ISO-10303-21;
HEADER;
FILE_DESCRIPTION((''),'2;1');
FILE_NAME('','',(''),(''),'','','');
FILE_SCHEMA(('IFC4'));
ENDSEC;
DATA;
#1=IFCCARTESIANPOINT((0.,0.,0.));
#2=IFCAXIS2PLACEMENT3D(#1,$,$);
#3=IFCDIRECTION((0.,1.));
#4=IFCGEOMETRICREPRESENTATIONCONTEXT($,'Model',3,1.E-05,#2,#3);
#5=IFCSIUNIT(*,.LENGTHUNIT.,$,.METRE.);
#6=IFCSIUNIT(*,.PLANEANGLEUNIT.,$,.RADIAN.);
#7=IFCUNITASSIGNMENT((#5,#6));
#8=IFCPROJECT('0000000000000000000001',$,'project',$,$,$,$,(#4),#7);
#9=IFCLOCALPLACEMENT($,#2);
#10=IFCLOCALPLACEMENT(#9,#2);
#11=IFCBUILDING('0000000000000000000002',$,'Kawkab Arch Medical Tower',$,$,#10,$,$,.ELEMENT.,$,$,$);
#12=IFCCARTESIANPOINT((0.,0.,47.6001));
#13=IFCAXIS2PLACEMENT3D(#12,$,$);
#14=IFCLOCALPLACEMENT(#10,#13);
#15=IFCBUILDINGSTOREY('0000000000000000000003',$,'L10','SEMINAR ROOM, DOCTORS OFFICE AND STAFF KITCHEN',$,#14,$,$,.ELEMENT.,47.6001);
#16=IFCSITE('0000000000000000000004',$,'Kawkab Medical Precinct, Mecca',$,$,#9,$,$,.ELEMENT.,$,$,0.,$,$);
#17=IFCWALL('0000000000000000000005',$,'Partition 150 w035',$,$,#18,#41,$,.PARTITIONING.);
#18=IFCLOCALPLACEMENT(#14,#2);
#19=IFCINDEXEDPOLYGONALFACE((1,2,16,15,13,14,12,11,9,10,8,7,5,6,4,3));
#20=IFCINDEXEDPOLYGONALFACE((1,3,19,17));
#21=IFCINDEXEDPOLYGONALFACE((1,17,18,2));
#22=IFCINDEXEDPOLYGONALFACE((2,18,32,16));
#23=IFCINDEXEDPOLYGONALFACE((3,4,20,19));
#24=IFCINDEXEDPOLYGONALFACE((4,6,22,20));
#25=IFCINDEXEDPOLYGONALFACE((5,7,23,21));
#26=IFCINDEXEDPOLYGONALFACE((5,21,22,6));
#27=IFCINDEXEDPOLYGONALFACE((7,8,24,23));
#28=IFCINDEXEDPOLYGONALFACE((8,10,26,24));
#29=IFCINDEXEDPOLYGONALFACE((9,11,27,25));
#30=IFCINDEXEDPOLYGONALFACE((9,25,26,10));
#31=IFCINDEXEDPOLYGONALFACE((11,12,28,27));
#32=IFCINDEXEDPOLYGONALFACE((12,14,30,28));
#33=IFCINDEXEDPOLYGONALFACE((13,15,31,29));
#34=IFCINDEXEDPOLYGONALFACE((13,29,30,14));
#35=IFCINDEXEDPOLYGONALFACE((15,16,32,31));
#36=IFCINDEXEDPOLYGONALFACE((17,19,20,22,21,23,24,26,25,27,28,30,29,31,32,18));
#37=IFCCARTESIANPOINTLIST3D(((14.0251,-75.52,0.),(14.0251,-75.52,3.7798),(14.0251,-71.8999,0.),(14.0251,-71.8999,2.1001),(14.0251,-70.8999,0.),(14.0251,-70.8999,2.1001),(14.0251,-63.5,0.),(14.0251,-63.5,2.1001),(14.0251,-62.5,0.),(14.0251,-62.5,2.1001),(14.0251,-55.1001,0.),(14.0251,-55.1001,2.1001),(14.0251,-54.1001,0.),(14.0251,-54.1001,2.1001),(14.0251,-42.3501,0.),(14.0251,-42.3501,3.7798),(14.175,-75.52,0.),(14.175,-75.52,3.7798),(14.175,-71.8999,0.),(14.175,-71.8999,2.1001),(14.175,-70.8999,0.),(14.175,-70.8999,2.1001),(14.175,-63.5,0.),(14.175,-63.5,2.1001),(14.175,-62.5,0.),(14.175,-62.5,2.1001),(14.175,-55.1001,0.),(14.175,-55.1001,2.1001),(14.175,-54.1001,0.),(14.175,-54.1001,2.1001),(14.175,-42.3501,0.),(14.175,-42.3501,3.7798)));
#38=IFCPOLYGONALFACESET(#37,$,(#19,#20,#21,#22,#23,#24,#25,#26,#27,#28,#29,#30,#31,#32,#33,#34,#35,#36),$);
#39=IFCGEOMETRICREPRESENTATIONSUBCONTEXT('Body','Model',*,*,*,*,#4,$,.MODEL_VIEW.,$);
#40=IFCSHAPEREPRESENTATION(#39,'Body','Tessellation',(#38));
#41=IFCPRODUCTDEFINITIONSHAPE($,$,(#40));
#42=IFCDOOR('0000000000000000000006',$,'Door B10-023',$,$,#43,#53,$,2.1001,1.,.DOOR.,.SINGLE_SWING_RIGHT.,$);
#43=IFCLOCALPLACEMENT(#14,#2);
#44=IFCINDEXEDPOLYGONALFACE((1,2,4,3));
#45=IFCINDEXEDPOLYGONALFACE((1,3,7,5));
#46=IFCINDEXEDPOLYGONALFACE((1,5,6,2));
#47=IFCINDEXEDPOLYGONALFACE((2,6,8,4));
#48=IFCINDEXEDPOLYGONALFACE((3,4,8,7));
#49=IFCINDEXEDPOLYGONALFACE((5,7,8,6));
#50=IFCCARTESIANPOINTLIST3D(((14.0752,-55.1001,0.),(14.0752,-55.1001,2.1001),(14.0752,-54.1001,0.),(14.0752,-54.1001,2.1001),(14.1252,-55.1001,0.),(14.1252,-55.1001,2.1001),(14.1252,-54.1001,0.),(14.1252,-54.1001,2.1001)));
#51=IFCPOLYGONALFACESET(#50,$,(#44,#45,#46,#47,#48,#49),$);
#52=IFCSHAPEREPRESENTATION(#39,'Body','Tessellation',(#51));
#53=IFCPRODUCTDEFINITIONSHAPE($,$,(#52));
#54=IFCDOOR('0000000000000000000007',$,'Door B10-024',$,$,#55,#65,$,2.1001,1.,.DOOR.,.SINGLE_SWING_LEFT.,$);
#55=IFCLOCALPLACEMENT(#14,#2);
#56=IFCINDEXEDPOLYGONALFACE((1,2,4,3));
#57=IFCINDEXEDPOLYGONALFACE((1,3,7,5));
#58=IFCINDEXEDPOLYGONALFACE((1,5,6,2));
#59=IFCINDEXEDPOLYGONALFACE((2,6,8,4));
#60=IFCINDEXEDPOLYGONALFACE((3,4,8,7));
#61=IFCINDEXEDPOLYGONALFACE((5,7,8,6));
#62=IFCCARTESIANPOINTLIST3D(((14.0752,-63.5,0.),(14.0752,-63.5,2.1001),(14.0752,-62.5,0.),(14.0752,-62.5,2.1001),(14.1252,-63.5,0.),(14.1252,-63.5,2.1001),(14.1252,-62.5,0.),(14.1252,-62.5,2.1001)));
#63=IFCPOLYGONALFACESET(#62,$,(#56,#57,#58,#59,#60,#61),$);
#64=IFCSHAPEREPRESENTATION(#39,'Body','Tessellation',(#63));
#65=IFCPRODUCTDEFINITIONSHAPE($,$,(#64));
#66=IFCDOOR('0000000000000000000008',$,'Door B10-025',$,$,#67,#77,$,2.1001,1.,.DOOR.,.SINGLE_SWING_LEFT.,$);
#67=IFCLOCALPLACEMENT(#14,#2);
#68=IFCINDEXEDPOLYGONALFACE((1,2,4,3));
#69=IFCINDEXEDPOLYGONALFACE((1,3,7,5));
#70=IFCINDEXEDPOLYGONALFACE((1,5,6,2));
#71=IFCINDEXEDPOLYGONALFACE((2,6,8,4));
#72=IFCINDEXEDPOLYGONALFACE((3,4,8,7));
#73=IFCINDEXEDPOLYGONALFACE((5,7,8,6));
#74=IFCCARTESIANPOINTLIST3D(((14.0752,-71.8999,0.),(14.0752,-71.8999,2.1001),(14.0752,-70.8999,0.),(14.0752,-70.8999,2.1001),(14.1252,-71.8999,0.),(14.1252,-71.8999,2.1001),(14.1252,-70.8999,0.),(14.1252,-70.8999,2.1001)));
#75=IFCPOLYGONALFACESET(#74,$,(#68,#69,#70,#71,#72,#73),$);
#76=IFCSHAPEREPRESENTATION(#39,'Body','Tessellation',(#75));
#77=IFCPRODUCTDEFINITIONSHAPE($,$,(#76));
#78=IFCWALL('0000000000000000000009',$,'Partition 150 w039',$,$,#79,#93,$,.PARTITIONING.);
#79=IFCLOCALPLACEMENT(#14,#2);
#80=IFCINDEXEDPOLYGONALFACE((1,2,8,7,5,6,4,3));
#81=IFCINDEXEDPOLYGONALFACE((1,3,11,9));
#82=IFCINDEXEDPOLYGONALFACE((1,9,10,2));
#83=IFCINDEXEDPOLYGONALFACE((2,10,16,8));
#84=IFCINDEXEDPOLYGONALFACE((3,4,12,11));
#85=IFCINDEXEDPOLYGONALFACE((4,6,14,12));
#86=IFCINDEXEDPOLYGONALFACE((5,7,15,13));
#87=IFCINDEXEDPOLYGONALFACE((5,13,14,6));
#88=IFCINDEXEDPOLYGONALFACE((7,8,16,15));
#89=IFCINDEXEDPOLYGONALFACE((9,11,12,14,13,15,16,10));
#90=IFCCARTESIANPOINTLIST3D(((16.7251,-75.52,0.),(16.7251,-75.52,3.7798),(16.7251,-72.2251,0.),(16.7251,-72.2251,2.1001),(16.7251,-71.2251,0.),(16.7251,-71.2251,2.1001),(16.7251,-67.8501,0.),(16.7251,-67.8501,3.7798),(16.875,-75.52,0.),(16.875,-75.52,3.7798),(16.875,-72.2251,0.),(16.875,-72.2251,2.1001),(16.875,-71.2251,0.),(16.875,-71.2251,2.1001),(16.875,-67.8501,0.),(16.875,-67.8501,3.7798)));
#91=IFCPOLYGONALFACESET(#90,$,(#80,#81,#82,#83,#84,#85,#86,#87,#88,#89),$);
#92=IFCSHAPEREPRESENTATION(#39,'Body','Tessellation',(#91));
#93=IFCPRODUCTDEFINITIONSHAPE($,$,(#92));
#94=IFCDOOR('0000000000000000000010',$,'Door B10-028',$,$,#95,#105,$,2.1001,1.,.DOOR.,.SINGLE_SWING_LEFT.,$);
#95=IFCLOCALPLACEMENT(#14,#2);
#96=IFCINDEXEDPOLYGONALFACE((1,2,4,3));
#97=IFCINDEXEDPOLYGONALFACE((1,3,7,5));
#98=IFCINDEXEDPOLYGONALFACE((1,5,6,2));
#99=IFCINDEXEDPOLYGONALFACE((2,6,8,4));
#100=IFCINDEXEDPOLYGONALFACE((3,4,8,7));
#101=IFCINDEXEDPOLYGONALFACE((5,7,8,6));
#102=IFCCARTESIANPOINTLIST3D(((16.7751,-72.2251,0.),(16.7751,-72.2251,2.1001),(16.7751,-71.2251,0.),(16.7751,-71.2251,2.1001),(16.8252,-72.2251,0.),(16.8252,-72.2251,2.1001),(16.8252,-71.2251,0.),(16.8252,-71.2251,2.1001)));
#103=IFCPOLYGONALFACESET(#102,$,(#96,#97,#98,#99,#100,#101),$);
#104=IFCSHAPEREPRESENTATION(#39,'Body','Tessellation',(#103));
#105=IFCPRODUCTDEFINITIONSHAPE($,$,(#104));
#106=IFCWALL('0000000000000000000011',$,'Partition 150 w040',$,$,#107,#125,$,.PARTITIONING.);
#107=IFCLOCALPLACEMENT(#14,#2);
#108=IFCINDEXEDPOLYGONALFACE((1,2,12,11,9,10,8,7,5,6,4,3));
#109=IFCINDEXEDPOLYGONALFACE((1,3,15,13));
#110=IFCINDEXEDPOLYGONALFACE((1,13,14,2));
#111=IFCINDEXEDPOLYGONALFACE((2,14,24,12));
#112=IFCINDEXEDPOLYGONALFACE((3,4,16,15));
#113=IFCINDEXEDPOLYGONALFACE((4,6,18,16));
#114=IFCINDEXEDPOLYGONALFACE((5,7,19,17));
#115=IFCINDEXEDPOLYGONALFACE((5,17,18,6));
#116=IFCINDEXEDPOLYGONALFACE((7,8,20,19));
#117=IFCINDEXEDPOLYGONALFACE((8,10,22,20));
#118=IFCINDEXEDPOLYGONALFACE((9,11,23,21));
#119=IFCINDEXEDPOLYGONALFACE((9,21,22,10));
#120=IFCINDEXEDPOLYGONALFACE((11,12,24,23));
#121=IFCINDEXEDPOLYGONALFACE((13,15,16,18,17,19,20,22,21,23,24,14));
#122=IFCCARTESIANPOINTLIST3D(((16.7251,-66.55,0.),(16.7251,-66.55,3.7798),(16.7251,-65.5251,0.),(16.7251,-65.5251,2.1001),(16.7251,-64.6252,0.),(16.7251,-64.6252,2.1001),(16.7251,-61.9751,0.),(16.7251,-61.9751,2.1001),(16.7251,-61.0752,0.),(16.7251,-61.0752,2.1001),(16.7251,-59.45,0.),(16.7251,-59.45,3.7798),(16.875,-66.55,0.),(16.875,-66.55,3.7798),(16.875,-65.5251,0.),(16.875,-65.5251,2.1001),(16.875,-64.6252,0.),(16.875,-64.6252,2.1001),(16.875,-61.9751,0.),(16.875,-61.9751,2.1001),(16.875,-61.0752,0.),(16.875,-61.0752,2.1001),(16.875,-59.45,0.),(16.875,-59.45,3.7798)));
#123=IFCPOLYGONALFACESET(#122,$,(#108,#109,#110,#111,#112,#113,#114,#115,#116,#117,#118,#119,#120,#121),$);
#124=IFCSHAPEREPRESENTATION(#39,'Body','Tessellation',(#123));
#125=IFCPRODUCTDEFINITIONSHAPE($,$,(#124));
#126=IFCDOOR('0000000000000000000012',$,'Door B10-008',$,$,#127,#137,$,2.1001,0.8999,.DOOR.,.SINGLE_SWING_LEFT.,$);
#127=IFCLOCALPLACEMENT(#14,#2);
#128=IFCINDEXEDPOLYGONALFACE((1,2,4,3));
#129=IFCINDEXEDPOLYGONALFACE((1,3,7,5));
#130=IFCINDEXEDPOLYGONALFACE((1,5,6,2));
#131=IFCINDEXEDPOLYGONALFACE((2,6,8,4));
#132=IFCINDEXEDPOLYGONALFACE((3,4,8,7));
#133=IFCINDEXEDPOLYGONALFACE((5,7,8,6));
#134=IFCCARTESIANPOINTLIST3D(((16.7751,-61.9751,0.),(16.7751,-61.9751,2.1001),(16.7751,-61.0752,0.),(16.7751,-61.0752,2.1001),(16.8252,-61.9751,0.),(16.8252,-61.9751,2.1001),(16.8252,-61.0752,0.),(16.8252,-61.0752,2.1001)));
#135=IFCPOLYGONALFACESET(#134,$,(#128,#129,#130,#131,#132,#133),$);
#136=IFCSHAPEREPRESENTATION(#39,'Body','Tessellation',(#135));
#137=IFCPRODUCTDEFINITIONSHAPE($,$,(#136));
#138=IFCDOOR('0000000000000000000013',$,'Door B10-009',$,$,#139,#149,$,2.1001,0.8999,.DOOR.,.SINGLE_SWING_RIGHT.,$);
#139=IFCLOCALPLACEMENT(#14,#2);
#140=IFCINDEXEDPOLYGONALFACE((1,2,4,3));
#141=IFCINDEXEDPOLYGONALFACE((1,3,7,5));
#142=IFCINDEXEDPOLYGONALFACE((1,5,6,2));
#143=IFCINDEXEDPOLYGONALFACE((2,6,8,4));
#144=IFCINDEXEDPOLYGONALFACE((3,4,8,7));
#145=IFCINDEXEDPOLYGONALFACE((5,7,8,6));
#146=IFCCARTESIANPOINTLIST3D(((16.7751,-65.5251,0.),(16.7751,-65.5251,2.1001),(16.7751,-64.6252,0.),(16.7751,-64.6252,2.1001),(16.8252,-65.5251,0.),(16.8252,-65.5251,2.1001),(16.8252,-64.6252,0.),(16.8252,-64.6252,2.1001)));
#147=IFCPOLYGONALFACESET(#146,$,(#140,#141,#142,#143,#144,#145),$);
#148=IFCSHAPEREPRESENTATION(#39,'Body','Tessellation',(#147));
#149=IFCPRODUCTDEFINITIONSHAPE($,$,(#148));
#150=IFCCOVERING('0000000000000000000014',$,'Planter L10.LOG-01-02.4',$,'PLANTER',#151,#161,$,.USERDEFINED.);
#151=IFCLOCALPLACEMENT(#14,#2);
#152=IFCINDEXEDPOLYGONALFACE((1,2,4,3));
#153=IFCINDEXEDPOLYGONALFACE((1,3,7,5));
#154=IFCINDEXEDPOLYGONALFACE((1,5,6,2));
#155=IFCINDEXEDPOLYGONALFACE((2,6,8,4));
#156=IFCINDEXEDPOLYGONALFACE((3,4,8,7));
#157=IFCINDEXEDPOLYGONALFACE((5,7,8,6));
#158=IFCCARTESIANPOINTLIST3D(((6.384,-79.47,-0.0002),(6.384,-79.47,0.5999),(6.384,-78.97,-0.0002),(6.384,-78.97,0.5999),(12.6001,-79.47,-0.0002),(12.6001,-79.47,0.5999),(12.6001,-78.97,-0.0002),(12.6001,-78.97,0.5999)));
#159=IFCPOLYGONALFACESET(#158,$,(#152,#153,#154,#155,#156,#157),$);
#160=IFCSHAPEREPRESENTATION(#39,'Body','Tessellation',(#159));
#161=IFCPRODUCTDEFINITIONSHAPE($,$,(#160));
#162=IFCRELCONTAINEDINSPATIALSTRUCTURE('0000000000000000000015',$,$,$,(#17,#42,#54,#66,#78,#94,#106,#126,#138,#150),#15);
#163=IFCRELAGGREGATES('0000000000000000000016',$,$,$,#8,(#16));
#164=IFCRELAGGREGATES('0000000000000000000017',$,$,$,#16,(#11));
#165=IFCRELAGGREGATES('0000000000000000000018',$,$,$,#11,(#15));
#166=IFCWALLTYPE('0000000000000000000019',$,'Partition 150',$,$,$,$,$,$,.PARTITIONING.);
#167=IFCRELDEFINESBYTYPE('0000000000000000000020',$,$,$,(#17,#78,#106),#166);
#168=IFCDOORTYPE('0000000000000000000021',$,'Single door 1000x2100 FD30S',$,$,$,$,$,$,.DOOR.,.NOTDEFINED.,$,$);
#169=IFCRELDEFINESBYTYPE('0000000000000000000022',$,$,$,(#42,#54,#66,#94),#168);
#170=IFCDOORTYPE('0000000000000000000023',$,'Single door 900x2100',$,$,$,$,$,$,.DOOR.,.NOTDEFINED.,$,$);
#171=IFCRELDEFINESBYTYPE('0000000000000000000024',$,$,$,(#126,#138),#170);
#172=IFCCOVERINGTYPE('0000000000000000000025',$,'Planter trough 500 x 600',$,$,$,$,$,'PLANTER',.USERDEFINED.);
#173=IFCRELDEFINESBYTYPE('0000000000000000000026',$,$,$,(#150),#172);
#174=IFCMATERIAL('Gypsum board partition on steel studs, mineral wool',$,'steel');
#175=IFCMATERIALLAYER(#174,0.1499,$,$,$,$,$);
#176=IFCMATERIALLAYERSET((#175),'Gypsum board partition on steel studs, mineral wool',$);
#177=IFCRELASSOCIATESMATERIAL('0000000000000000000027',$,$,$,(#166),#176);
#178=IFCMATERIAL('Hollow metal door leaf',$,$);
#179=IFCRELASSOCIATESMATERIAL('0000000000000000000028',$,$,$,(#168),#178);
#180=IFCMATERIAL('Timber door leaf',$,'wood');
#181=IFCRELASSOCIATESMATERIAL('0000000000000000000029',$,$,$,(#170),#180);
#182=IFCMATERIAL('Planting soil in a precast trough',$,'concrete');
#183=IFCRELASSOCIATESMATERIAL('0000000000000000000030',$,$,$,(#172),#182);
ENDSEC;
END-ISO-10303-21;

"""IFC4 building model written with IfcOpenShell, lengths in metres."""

from ifc_helpers import new_model, si_unit, direction, frame, frame_2d, origin, origin_2d, place, context, subcontext, project, spatial, rectangle, extrude, material, layer, layer_set, material_profile, profile_set, type_object, element, fill, save


model = new_model("IFC4")

# Units and contexts
model_context = context("Model", 3, precision=1e-05, world=origin(), true_north=direction((0.0, 1.0)))
body_context = subcontext(model_context, "Body", "Model", "MODEL_VIEW")
ifc_project = project(units=[si_unit("LENGTHUNIT", "METRE"), si_unit("PLANEANGLEUNIT", "RADIAN")], contexts=[model_context])

# Site, building, storey
site_placement = place(None, origin())
site = spatial("IfcSite", under=ifc_project, at=site_placement, Name="Kawkab Medical Precinct, Mecca", CompositionType="ELEMENT", RefElevation=0.0)
building_placement = place(site_placement, origin())
building = spatial("IfcBuilding", under=site, at=building_placement, Name="Kawkab Arch Medical Tower", CompositionType="ELEMENT")
storey_placement = place(building_placement, frame((0.0, 0.0, 47.6001)))
storey = spatial("IfcBuildingStorey", under=building, at=storey_placement, Name="L10", Description="SEMINAR ROOM, DOCTORS OFFICE AND STAFF KITCHEN", CompositionType="ELEMENT", Elevation=47.6001)

# Shared definitions
ifc_material_1 = material(Name="Gypsum board partition on steel studs, mineral wool", Category="steel")
ifc_layer_1 = layer(ifc_material_1, 0.1499)
ifc_layer_set_1 = layer_set([ifc_layer_1], Name="Gypsum board partition on steel studs, mineral wool")
wall_type_1 = type_object("IfcWallType", Name="Partition 150", PredefinedType="PARTITIONING", material=ifc_layer_set_1)

# Wall, openings, doors
wall_1_placement = place(storey_placement, frame((14.1001, -75.52, 0.0), z_axis=(0.0, 0.0, 1.0), x_axis=(0.0, 1.0, 0.0)))
wall_1 = element("IfcWall", 1, at=wall_1_placement, inside=storey, type_object=wall_type_1, Name="Partition 150 w035", PredefinedType="PARTITIONING", context=body_context, shape_type="SweptSolid", body=[
    extrude(rectangle(XDim=33.1699, YDim=0.1499, at=frame_2d((16.585, 0.0))), origin(), (0.0, 0.0, 1.0), 3.7798),
])
opening_1_placement = place(wall_1_placement, frame((20.4199, 0.0, 0.0)))
opening_1 = element("IfcOpeningElement", 2, at=opening_1_placement, cuts=wall_1, PredefinedType="OPENING", context=body_context, shape_type="SweptSolid", body=[
    extrude(rectangle(XDim=1.0, YDim=2.1001, at=frame_2d((0.5, 1.05))), frame((0.0, 0.085, 0.0), z_axis=(0.0, -1.0, 0.0), x_axis=(1.0, 0.0, 0.0)), (0.0, 0.0, 1.0), 0.1699),
])
opening_2_placement = place(wall_1_placement, frame((12.02, 0.0, 0.0)))
opening_2 = element("IfcOpeningElement", 3, at=opening_2_placement, cuts=wall_1, PredefinedType="OPENING", context=body_context, shape_type="SweptSolid", body=[
    extrude(rectangle(XDim=1.0, YDim=2.1001, at=frame_2d((0.5, 1.05))), frame((0.0, 0.085, 0.0), z_axis=(0.0, -1.0, 0.0), x_axis=(1.0, 0.0, 0.0)), (0.0, 0.0, 1.0), 0.1699),
])
opening_3_placement = place(wall_1_placement, frame((3.6201, 0.0, 0.0)))
opening_3 = element("IfcOpeningElement", 4, at=opening_3_placement, cuts=wall_1, PredefinedType="OPENING", context=body_context, shape_type="SweptSolid", body=[
    extrude(rectangle(XDim=1.0, YDim=2.1001, at=frame_2d((0.5, 1.05))), frame((0.0, 0.085, 0.0), z_axis=(0.0, -1.0, 0.0), x_axis=(1.0, 0.0, 0.0)), (0.0, 0.0, 1.0), 0.1699),
])
ifc_material_2 = material(Name="Hollow metal door leaf")
door_type_1 = type_object("IfcDoorType", Name="Single door 1000x2100 FD30S", OperationType="NOTDEFINED", PredefinedType="DOOR", material=ifc_material_2)
door_1_placement = place(opening_1_placement, origin())
door_1 = element("IfcDoor", 5, at=door_1_placement, inside=storey, type_object=door_type_1, Name="Door B10-023", OperationType="SINGLE_SWING_RIGHT", OverallHeight=2.1001, OverallWidth=1.0, PredefinedType="DOOR", context=body_context, shape_type="SweptSolid", body=[
    extrude(rectangle(XDim=1.0, YDim=2.1001, at=frame_2d((0.5, 1.05))), frame((0.0, 0.0249, 0.0), z_axis=(0.0, -1.0, 0.0), x_axis=(1.0, 0.0, 0.0)), (0.0, 0.0, 1.0), 0.05),
])
fill(opening_1, door_1)
door_2_placement = place(opening_2_placement, origin())
door_2 = element("IfcDoor", 6, at=door_2_placement, inside=storey, type_object=door_type_1, Name="Door B10-024", OperationType="SINGLE_SWING_LEFT", OverallHeight=2.1001, OverallWidth=1.0, PredefinedType="DOOR", context=body_context, shape_type="SweptSolid", body=[
    extrude(rectangle(XDim=1.0, YDim=2.1001, at=frame_2d((0.5, 1.05))), frame((0.0, 0.0249, 0.0), z_axis=(0.0, -1.0, 0.0), x_axis=(1.0, 0.0, 0.0)), (0.0, 0.0, 1.0), 0.05),
])
fill(opening_2, door_2)
door_3_placement = place(opening_3_placement, origin())
door_3 = element("IfcDoor", 7, at=door_3_placement, inside=storey, type_object=door_type_1, Name="Door B10-025", OperationType="SINGLE_SWING_LEFT", OverallHeight=2.1001, OverallWidth=1.0, PredefinedType="DOOR", context=body_context, shape_type="SweptSolid", body=[
    extrude(rectangle(XDim=1.0, YDim=2.1001, at=frame_2d((0.5, 1.05))), frame((0.0, 0.0249, 0.0), z_axis=(0.0, -1.0, 0.0), x_axis=(1.0, 0.0, 0.0)), (0.0, 0.0, 1.0), 0.05),
])
fill(opening_3, door_3)

# Wall, opening, door
wall_2_placement = place(storey_placement, frame((16.8, -75.52, 0.0), z_axis=(0.0, 0.0, 1.0), x_axis=(0.0, 1.0, 0.0)))
wall_2 = element("IfcWall", 8, at=wall_2_placement, inside=storey, type_object=wall_type_1, Name="Partition 150 w039", PredefinedType="PARTITIONING", context=body_context, shape_type="SweptSolid", body=[
    extrude(rectangle(XDim=7.6699, YDim=0.1499, at=frame_2d((3.835, 0.0))), origin(), (0.0, 0.0, 1.0), 3.7798),
])
opening_4_placement = place(wall_2_placement, frame((3.2949, 0.0, 0.0)))
opening_4 = element("IfcOpeningElement", 9, at=opening_4_placement, cuts=wall_2, PredefinedType="OPENING", context=body_context, shape_type="SweptSolid", body=[
    extrude(rectangle(XDim=1.0, YDim=2.1001, at=frame_2d((0.5, 1.05))), frame((0.0, 0.085, 0.0), z_axis=(0.0, -1.0, 0.0), x_axis=(1.0, 0.0, 0.0)), (0.0, 0.0, 1.0), 0.1699),
])
door_4_placement = place(opening_4_placement, origin())
door_4 = element("IfcDoor", 10, at=door_4_placement, inside=storey, type_object=door_type_1, Name="Door B10-028", OperationType="SINGLE_SWING_LEFT", OverallHeight=2.1001, OverallWidth=1.0, PredefinedType="DOOR", context=body_context, shape_type="SweptSolid", body=[
    extrude(rectangle(XDim=1.0, YDim=2.1001, at=frame_2d((0.5, 1.05))), frame((0.0, 0.0249, 0.0), z_axis=(0.0, -1.0, 0.0), x_axis=(1.0, 0.0, 0.0)), (0.0, 0.0, 1.0), 0.05),
])
fill(opening_4, door_4)

# Wall, openings, doors
wall_3_placement = place(storey_placement, frame((16.8, -66.55, 0.0), z_axis=(0.0, 0.0, 1.0), x_axis=(0.0, 1.0, 0.0)))
wall_3 = element("IfcWall", 11, at=wall_3_placement, inside=storey, type_object=wall_type_1, Name="Partition 150 w040", PredefinedType="PARTITIONING", context=body_context, shape_type="SweptSolid", body=[
    extrude(rectangle(XDim=7.1001, YDim=0.1499, at=frame_2d((3.55, 0.0))), origin(), (0.0, 0.0, 1.0), 3.7798),
])
opening_5_placement = place(wall_3_placement, frame((4.575, 0.0, 0.0)))
opening_5 = element("IfcOpeningElement", 12, at=opening_5_placement, cuts=wall_3, PredefinedType="OPENING", context=body_context, shape_type="SweptSolid", body=[
    extrude(rectangle(XDim=0.8999, YDim=2.1001, at=frame_2d((0.45, 1.05))), frame((0.0, 0.085, 0.0), z_axis=(0.0, -1.0, 0.0), x_axis=(1.0, 0.0, 0.0)), (0.0, 0.0, 1.0), 0.1699),
])
opening_6_placement = place(wall_3_placement, frame((1.0249, 0.0, 0.0)))
opening_6 = element("IfcOpeningElement", 13, at=opening_6_placement, cuts=wall_3, PredefinedType="OPENING", context=body_context, shape_type="SweptSolid", body=[
    extrude(rectangle(XDim=0.8999, YDim=2.1001, at=frame_2d((0.45, 1.05))), frame((0.0, 0.085, 0.0), z_axis=(0.0, -1.0, 0.0), x_axis=(1.0, 0.0, 0.0)), (0.0, 0.0, 1.0), 0.1699),
])
ifc_material_3 = material(Name="Timber door leaf", Category="wood")
door_type_2 = type_object("IfcDoorType", Name="Single door 900x2100", OperationType="NOTDEFINED", PredefinedType="DOOR", material=ifc_material_3)
door_5_placement = place(opening_5_placement, origin())
door_5 = element("IfcDoor", 14, at=door_5_placement, inside=storey, type_object=door_type_2, Name="Door B10-008", OperationType="SINGLE_SWING_LEFT", OverallHeight=2.1001, OverallWidth=0.8999, PredefinedType="DOOR", context=body_context, shape_type="SweptSolid", body=[
    extrude(rectangle(XDim=0.8999, YDim=2.1001, at=frame_2d((0.45, 1.05))), frame((0.0, 0.0249, 0.0), z_axis=(0.0, -1.0, 0.0), x_axis=(1.0, 0.0, 0.0)), (0.0, 0.0, 1.0), 0.05),
])
fill(opening_5, door_5)
door_6_placement = place(opening_6_placement, origin())
door_6 = element("IfcDoor", 15, at=door_6_placement, inside=storey, type_object=door_type_2, Name="Door B10-009", OperationType="SINGLE_SWING_RIGHT", OverallHeight=2.1001, OverallWidth=0.8999, PredefinedType="DOOR", context=body_context, shape_type="SweptSolid", body=[
    extrude(rectangle(XDim=0.8999, YDim=2.1001, at=frame_2d((0.45, 1.05))), frame((0.0, 0.0249, 0.0), z_axis=(0.0, -1.0, 0.0), x_axis=(1.0, 0.0, 0.0)), (0.0, 0.0, 1.0), 0.05),
])
fill(opening_6, door_6)

# Covering
ifc_material_4 = material(Name="Planting soil in a precast trough", Category="concrete")
ifc_material_profile_1 = material_profile(ifc_material_4, rectangle(XDim=0.5, YDim=0.6001, at=origin_2d()), Name="Trough 500x600")
ifc_profile_set_1 = profile_set([ifc_material_profile_1], Name="Planting soil in a precast trough")
covering_type = type_object("IfcCoveringType", Name="Planter trough 500 x 600", ElementType="PLANTER", PredefinedType="USERDEFINED", material=ifc_profile_set_1)
covering_1_placement = place(storey_placement, frame((12.6001, -79.22, 0.2998), z_axis=(-1.0, 0.0, 0.0), x_axis=(0.0, -1.0, 0.0)))
element("IfcCovering", 16, at=covering_1_placement, inside=storey, type_object=covering_type, Name="Planter L10.LOG-01-02.4", ObjectType="PLANTER", PredefinedType="USERDEFINED", context=body_context, shape_type="SweptSolid", body=[
    extrude(rectangle(XDim=0.5, YDim=0.6001, at=origin_2d()), origin(), (0.0, 0.0, 1.0), 6.2161),
])

save(model, "model.ifc")
